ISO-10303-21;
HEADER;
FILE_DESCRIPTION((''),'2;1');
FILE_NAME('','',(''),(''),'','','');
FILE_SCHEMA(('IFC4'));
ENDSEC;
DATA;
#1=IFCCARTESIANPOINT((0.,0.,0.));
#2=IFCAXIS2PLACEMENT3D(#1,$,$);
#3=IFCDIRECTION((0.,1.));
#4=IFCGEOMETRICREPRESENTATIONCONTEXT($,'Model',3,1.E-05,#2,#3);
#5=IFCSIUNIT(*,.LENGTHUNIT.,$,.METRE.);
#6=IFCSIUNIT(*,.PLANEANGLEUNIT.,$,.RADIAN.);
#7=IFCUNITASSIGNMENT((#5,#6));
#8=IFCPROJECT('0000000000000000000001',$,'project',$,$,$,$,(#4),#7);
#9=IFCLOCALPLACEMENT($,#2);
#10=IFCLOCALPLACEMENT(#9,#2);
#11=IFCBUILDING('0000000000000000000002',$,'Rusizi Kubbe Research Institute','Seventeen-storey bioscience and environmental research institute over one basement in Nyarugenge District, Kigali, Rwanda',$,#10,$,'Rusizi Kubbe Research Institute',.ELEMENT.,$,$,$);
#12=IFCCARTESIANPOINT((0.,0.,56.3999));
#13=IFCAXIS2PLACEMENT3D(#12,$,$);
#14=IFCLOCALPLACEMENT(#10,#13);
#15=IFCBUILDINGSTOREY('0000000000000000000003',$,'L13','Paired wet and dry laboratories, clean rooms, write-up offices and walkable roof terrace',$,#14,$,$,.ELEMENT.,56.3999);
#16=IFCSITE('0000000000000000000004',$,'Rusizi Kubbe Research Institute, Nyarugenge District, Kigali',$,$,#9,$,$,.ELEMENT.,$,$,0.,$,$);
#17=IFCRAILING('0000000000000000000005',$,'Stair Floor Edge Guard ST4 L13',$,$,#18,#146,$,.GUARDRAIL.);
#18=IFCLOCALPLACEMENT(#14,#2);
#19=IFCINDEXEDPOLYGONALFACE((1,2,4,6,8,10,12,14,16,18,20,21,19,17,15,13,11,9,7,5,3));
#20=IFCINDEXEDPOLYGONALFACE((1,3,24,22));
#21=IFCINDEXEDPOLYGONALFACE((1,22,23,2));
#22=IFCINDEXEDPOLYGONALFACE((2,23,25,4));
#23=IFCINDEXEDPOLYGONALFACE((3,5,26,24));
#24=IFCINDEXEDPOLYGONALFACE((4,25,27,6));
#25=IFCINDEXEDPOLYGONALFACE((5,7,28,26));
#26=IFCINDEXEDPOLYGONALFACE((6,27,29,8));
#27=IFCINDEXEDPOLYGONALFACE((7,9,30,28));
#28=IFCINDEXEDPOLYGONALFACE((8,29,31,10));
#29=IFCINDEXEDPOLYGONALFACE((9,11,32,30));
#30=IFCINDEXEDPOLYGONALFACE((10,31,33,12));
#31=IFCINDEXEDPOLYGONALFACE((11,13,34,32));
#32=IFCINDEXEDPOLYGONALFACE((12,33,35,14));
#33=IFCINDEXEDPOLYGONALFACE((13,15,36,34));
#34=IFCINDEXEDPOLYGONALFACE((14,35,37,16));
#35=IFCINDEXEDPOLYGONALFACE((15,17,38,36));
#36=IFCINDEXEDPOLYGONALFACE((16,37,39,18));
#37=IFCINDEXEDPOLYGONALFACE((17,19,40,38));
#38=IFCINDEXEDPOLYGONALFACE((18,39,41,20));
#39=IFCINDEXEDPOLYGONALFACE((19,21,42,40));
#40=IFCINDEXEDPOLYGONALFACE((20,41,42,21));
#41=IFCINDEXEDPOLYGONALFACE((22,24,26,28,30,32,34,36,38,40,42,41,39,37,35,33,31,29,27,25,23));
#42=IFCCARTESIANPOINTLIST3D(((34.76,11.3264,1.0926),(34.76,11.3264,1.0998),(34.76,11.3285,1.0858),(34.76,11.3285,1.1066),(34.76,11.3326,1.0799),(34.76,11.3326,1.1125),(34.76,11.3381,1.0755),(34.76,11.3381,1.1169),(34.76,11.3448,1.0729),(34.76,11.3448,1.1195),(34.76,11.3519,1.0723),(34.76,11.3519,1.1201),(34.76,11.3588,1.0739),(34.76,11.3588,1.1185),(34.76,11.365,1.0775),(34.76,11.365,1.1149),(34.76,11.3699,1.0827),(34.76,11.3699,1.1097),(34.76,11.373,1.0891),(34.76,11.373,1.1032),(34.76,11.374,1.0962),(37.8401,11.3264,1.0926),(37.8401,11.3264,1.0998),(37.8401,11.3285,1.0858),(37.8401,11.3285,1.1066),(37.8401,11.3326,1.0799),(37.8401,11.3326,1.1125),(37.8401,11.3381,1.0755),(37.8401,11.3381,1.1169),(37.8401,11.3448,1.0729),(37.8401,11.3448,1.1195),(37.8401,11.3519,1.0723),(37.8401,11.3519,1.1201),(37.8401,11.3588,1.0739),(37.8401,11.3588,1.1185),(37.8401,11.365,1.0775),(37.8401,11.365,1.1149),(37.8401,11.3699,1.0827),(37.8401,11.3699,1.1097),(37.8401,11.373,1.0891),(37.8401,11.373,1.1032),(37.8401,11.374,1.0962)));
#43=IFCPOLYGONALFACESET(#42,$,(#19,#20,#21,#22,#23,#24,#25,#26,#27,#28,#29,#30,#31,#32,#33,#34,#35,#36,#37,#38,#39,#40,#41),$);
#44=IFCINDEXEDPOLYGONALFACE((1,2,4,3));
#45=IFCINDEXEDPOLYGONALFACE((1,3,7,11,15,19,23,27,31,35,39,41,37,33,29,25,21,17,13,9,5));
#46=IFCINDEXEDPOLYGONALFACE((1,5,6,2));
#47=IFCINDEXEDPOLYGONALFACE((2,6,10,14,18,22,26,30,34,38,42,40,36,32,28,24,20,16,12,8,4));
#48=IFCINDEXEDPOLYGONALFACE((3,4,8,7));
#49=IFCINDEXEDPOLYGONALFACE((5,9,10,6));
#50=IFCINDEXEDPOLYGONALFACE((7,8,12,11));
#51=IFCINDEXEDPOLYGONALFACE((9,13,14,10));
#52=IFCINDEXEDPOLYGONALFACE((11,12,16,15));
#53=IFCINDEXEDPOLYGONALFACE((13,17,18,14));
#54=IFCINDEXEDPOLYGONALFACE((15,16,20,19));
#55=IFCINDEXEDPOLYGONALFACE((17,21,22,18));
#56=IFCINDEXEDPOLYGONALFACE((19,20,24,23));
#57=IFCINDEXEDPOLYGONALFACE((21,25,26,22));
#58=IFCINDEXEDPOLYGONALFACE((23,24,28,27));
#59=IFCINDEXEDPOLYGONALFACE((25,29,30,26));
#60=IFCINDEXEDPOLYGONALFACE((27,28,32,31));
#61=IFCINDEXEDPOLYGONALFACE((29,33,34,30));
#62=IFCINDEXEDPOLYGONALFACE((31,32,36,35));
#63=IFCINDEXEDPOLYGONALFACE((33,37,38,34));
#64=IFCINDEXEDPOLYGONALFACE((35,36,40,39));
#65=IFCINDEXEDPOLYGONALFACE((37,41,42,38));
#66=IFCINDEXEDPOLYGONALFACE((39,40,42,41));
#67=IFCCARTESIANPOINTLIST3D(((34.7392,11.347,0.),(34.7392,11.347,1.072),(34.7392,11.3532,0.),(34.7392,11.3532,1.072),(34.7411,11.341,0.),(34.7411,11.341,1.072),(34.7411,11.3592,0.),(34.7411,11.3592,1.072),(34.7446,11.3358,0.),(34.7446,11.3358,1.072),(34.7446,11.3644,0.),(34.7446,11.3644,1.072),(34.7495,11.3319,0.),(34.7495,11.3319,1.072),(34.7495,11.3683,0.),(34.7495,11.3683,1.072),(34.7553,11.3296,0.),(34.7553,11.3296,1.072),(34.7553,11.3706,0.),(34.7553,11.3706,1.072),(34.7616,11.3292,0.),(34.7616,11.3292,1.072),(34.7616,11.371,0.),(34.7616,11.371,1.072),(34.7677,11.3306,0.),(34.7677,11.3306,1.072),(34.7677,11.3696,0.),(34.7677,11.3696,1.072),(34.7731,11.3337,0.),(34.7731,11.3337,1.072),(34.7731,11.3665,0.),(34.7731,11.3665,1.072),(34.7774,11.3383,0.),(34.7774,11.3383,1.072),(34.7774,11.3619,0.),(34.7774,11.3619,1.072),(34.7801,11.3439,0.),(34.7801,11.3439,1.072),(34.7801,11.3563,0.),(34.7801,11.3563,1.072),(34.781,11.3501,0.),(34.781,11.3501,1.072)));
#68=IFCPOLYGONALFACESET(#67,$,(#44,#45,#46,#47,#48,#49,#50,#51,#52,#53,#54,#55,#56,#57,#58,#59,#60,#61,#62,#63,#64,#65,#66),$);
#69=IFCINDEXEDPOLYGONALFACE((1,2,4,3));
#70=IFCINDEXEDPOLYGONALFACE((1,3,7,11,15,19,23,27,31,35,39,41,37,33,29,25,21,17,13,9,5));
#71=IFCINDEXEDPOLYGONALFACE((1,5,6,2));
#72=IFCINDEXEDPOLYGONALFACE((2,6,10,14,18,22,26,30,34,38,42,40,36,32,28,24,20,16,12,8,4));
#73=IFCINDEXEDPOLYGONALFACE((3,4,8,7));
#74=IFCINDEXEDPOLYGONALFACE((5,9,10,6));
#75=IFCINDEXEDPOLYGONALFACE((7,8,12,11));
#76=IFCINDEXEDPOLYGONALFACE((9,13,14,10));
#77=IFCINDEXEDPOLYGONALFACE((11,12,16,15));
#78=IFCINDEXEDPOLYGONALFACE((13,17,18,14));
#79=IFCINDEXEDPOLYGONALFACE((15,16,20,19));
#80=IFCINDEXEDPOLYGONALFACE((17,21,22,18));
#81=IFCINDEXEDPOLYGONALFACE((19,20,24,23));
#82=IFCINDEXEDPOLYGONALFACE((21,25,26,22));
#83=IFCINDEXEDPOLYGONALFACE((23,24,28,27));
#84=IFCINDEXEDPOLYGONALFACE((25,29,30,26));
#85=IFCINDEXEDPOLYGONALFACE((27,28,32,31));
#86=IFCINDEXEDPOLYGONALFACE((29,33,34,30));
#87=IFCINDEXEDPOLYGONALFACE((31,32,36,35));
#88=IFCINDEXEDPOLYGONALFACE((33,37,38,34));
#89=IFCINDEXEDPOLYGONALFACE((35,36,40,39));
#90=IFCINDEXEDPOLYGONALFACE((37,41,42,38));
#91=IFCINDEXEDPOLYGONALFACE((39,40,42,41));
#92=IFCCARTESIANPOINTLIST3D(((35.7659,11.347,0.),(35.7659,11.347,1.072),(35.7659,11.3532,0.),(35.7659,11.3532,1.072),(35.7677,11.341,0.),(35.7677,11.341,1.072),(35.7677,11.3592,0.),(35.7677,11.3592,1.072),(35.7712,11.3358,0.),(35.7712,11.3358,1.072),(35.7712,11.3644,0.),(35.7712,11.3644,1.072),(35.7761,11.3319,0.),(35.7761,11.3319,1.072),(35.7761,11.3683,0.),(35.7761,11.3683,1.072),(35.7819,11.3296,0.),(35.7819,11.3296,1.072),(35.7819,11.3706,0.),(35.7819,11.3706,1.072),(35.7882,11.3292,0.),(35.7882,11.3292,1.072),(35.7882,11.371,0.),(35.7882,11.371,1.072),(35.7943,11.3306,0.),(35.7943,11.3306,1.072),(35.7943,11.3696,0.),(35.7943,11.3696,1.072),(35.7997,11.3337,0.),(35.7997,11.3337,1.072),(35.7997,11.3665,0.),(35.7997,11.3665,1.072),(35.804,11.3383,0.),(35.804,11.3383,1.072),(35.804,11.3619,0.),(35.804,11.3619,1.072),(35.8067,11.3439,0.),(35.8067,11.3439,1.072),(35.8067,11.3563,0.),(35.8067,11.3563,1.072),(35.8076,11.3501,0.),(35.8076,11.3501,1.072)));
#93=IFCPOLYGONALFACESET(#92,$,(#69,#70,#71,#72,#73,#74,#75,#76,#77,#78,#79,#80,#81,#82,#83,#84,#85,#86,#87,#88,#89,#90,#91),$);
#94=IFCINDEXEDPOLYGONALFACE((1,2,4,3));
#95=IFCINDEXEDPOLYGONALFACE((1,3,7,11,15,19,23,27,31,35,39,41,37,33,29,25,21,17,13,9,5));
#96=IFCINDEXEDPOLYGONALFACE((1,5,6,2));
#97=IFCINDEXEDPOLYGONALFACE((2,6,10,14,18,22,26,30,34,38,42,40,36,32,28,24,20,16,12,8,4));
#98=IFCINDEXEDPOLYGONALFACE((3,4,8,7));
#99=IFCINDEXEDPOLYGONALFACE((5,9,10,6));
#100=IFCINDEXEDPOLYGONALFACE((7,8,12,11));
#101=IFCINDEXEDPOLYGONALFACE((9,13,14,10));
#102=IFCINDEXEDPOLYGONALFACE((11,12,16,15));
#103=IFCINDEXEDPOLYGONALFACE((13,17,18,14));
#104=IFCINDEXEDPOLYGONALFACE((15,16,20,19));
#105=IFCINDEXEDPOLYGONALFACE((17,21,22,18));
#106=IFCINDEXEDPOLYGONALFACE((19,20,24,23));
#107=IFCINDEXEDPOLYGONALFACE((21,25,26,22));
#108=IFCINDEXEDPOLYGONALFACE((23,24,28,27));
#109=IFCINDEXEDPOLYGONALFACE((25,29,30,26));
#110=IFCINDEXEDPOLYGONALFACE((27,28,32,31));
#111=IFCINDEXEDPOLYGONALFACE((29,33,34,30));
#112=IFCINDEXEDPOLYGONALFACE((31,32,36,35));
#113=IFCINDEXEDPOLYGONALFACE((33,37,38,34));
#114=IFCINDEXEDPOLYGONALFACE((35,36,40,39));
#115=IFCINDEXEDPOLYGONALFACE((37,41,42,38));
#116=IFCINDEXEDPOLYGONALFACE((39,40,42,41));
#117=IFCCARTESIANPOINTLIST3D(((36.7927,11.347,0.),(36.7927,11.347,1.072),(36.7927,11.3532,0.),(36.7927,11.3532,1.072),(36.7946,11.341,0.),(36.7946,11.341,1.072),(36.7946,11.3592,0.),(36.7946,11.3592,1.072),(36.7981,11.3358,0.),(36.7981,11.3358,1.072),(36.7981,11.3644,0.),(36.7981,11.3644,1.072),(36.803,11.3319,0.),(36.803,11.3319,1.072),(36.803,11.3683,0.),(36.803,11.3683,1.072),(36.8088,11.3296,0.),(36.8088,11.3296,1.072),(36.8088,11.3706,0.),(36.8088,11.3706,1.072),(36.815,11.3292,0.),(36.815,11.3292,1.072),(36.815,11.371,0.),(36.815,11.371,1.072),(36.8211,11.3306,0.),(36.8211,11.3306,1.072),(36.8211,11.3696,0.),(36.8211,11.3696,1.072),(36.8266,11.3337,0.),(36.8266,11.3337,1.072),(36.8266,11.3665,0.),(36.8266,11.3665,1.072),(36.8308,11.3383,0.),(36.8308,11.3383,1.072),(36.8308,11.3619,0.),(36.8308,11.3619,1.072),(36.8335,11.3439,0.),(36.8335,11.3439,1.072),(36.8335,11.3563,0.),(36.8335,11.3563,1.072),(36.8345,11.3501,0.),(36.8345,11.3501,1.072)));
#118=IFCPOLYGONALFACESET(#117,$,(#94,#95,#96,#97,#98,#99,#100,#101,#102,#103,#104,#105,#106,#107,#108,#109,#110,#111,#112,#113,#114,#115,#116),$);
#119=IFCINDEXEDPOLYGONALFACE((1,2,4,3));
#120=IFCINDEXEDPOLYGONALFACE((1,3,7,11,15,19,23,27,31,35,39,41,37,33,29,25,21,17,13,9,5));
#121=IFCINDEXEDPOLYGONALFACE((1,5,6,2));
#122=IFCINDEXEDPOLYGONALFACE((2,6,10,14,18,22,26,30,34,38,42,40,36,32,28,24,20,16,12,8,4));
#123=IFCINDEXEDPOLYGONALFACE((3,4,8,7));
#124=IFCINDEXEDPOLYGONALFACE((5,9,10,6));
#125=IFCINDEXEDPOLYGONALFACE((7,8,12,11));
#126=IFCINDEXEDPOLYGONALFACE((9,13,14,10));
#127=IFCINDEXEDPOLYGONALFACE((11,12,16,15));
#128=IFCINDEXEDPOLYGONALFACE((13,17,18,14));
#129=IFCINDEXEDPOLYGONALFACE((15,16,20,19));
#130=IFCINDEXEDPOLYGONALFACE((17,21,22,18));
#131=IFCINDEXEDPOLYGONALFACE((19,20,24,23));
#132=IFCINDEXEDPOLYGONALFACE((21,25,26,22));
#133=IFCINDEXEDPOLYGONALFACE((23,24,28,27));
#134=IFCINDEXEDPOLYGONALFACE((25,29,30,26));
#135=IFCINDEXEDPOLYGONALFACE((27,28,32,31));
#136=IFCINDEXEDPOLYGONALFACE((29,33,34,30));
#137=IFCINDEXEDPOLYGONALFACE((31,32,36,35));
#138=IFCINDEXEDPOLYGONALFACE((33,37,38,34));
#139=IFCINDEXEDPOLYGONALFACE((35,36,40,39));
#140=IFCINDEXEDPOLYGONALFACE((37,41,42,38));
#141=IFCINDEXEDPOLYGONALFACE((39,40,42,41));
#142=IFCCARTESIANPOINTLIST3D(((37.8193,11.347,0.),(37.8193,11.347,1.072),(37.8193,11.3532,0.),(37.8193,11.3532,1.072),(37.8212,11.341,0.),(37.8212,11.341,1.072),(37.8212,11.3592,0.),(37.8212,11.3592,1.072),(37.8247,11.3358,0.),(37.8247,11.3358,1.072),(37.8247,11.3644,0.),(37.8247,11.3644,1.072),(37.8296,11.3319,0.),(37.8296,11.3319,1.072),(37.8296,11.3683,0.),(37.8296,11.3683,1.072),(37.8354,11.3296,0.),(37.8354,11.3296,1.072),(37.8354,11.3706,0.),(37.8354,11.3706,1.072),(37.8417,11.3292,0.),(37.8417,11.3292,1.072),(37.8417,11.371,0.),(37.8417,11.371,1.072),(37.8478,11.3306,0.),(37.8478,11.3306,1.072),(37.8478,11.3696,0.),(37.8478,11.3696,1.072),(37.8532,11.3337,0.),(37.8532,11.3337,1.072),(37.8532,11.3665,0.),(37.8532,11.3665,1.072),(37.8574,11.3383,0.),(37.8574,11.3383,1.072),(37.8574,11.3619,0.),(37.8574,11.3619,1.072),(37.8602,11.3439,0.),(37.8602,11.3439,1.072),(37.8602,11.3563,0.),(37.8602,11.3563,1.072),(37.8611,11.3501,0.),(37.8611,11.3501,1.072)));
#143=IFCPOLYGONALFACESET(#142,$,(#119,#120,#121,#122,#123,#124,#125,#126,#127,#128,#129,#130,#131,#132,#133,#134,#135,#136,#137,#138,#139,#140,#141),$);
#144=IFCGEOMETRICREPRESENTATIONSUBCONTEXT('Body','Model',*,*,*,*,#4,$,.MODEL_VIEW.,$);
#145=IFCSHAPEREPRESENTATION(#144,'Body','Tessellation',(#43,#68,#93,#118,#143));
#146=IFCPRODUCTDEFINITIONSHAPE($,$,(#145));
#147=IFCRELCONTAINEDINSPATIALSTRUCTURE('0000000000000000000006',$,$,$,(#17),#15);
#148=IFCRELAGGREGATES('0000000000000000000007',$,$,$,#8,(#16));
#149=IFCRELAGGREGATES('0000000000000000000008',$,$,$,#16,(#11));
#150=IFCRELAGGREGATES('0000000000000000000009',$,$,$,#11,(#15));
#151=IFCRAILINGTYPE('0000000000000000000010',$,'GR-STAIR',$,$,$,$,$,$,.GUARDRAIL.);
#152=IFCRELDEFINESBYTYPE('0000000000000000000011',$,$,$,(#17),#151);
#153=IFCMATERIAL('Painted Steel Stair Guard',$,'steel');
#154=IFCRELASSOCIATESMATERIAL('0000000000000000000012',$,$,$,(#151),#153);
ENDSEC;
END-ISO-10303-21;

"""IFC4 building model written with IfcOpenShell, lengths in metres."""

from ifc_helpers import new_model, si_unit, direction, frame, origin, origin_2d, place, context, subcontext, project, spatial, circle, extrude, material, type_object, element, save


model = new_model("IFC4")

# Units and contexts
model_context = context("Model", 3, precision=1e-05, world=origin(), true_north=direction((0.0, 1.0)))
body_context = subcontext(model_context, "Body", "Model", "MODEL_VIEW")
ifc_project = project(units=[si_unit("LENGTHUNIT", "METRE"), si_unit("PLANEANGLEUNIT", "RADIAN")], contexts=[model_context])

# Site, building, storey
site_placement = place(None, origin())
site = spatial("IfcSite", under=ifc_project, at=site_placement, Name="Rusizi Kubbe Research Institute, Nyarugenge District, Kigali", CompositionType="ELEMENT", RefElevation=0.0)
building_placement = place(site_placement, origin())
building = spatial("IfcBuilding", under=site, at=building_placement, Name="Rusizi Kubbe Research Institute", Description="Seventeen-storey bioscience and environmental research institute over one basement in Nyarugenge District, Kigali, Rwanda", LongName="Rusizi Kubbe Research Institute", CompositionType="ELEMENT")
storey_placement = place(building_placement, frame((0.0, 0.0, 56.3999)))
storey = spatial("IfcBuildingStorey", under=building, at=storey_placement, Name="L13", Description="Paired wet and dry laboratories, clean rooms, write-up offices and walkable roof terrace", CompositionType="ELEMENT", Elevation=56.3999)

# Railing
ifc_material_1 = material(Name="Painted Steel Stair Guard", Category="steel")
railing_type_1 = type_object("IfcRailingType", Name="GR-STAIR", PredefinedType="GUARDRAIL", material=ifc_material_1)
railing_1_placement = place(storey_placement, frame((34.76, 11.3501, 0.0)))
element("IfcRailing", 1, at=railing_1_placement, inside=storey, type_object=railing_type_1, Name="Stair Floor Edge Guard ST4 L13", PredefinedType="GUARDRAIL", context=body_context, shape_type="SweptSolid", body=[
    extrude(circle(Radius=0.0239, at=origin_2d()), frame((0.0, 0.0, 1.0962), z_axis=(1.0, 0.0, 0.0), x_axis=(0.0, 1.0, 0.0)), (0.0, 0.0, 1.0), 3.0801),
    extrude(circle(Radius=0.021, at=origin_2d()), origin(), (0.0, 0.0, 1.0), 1.072),
    extrude(circle(Radius=0.021, at=origin_2d()), frame((1.0266, 0.0, 0.0)), (0.0, 0.0, 1.0), 1.072),
    extrude(circle(Radius=0.021, at=origin_2d()), frame((2.0535, 0.0, 0.0)), (0.0, 0.0, 1.0), 1.072),
    extrude(circle(Radius=0.021, at=origin_2d()), frame((3.0801, 0.0, 0.0)), (0.0, 0.0, 1.0), 1.072),
])

save(model, "model.ifc")
